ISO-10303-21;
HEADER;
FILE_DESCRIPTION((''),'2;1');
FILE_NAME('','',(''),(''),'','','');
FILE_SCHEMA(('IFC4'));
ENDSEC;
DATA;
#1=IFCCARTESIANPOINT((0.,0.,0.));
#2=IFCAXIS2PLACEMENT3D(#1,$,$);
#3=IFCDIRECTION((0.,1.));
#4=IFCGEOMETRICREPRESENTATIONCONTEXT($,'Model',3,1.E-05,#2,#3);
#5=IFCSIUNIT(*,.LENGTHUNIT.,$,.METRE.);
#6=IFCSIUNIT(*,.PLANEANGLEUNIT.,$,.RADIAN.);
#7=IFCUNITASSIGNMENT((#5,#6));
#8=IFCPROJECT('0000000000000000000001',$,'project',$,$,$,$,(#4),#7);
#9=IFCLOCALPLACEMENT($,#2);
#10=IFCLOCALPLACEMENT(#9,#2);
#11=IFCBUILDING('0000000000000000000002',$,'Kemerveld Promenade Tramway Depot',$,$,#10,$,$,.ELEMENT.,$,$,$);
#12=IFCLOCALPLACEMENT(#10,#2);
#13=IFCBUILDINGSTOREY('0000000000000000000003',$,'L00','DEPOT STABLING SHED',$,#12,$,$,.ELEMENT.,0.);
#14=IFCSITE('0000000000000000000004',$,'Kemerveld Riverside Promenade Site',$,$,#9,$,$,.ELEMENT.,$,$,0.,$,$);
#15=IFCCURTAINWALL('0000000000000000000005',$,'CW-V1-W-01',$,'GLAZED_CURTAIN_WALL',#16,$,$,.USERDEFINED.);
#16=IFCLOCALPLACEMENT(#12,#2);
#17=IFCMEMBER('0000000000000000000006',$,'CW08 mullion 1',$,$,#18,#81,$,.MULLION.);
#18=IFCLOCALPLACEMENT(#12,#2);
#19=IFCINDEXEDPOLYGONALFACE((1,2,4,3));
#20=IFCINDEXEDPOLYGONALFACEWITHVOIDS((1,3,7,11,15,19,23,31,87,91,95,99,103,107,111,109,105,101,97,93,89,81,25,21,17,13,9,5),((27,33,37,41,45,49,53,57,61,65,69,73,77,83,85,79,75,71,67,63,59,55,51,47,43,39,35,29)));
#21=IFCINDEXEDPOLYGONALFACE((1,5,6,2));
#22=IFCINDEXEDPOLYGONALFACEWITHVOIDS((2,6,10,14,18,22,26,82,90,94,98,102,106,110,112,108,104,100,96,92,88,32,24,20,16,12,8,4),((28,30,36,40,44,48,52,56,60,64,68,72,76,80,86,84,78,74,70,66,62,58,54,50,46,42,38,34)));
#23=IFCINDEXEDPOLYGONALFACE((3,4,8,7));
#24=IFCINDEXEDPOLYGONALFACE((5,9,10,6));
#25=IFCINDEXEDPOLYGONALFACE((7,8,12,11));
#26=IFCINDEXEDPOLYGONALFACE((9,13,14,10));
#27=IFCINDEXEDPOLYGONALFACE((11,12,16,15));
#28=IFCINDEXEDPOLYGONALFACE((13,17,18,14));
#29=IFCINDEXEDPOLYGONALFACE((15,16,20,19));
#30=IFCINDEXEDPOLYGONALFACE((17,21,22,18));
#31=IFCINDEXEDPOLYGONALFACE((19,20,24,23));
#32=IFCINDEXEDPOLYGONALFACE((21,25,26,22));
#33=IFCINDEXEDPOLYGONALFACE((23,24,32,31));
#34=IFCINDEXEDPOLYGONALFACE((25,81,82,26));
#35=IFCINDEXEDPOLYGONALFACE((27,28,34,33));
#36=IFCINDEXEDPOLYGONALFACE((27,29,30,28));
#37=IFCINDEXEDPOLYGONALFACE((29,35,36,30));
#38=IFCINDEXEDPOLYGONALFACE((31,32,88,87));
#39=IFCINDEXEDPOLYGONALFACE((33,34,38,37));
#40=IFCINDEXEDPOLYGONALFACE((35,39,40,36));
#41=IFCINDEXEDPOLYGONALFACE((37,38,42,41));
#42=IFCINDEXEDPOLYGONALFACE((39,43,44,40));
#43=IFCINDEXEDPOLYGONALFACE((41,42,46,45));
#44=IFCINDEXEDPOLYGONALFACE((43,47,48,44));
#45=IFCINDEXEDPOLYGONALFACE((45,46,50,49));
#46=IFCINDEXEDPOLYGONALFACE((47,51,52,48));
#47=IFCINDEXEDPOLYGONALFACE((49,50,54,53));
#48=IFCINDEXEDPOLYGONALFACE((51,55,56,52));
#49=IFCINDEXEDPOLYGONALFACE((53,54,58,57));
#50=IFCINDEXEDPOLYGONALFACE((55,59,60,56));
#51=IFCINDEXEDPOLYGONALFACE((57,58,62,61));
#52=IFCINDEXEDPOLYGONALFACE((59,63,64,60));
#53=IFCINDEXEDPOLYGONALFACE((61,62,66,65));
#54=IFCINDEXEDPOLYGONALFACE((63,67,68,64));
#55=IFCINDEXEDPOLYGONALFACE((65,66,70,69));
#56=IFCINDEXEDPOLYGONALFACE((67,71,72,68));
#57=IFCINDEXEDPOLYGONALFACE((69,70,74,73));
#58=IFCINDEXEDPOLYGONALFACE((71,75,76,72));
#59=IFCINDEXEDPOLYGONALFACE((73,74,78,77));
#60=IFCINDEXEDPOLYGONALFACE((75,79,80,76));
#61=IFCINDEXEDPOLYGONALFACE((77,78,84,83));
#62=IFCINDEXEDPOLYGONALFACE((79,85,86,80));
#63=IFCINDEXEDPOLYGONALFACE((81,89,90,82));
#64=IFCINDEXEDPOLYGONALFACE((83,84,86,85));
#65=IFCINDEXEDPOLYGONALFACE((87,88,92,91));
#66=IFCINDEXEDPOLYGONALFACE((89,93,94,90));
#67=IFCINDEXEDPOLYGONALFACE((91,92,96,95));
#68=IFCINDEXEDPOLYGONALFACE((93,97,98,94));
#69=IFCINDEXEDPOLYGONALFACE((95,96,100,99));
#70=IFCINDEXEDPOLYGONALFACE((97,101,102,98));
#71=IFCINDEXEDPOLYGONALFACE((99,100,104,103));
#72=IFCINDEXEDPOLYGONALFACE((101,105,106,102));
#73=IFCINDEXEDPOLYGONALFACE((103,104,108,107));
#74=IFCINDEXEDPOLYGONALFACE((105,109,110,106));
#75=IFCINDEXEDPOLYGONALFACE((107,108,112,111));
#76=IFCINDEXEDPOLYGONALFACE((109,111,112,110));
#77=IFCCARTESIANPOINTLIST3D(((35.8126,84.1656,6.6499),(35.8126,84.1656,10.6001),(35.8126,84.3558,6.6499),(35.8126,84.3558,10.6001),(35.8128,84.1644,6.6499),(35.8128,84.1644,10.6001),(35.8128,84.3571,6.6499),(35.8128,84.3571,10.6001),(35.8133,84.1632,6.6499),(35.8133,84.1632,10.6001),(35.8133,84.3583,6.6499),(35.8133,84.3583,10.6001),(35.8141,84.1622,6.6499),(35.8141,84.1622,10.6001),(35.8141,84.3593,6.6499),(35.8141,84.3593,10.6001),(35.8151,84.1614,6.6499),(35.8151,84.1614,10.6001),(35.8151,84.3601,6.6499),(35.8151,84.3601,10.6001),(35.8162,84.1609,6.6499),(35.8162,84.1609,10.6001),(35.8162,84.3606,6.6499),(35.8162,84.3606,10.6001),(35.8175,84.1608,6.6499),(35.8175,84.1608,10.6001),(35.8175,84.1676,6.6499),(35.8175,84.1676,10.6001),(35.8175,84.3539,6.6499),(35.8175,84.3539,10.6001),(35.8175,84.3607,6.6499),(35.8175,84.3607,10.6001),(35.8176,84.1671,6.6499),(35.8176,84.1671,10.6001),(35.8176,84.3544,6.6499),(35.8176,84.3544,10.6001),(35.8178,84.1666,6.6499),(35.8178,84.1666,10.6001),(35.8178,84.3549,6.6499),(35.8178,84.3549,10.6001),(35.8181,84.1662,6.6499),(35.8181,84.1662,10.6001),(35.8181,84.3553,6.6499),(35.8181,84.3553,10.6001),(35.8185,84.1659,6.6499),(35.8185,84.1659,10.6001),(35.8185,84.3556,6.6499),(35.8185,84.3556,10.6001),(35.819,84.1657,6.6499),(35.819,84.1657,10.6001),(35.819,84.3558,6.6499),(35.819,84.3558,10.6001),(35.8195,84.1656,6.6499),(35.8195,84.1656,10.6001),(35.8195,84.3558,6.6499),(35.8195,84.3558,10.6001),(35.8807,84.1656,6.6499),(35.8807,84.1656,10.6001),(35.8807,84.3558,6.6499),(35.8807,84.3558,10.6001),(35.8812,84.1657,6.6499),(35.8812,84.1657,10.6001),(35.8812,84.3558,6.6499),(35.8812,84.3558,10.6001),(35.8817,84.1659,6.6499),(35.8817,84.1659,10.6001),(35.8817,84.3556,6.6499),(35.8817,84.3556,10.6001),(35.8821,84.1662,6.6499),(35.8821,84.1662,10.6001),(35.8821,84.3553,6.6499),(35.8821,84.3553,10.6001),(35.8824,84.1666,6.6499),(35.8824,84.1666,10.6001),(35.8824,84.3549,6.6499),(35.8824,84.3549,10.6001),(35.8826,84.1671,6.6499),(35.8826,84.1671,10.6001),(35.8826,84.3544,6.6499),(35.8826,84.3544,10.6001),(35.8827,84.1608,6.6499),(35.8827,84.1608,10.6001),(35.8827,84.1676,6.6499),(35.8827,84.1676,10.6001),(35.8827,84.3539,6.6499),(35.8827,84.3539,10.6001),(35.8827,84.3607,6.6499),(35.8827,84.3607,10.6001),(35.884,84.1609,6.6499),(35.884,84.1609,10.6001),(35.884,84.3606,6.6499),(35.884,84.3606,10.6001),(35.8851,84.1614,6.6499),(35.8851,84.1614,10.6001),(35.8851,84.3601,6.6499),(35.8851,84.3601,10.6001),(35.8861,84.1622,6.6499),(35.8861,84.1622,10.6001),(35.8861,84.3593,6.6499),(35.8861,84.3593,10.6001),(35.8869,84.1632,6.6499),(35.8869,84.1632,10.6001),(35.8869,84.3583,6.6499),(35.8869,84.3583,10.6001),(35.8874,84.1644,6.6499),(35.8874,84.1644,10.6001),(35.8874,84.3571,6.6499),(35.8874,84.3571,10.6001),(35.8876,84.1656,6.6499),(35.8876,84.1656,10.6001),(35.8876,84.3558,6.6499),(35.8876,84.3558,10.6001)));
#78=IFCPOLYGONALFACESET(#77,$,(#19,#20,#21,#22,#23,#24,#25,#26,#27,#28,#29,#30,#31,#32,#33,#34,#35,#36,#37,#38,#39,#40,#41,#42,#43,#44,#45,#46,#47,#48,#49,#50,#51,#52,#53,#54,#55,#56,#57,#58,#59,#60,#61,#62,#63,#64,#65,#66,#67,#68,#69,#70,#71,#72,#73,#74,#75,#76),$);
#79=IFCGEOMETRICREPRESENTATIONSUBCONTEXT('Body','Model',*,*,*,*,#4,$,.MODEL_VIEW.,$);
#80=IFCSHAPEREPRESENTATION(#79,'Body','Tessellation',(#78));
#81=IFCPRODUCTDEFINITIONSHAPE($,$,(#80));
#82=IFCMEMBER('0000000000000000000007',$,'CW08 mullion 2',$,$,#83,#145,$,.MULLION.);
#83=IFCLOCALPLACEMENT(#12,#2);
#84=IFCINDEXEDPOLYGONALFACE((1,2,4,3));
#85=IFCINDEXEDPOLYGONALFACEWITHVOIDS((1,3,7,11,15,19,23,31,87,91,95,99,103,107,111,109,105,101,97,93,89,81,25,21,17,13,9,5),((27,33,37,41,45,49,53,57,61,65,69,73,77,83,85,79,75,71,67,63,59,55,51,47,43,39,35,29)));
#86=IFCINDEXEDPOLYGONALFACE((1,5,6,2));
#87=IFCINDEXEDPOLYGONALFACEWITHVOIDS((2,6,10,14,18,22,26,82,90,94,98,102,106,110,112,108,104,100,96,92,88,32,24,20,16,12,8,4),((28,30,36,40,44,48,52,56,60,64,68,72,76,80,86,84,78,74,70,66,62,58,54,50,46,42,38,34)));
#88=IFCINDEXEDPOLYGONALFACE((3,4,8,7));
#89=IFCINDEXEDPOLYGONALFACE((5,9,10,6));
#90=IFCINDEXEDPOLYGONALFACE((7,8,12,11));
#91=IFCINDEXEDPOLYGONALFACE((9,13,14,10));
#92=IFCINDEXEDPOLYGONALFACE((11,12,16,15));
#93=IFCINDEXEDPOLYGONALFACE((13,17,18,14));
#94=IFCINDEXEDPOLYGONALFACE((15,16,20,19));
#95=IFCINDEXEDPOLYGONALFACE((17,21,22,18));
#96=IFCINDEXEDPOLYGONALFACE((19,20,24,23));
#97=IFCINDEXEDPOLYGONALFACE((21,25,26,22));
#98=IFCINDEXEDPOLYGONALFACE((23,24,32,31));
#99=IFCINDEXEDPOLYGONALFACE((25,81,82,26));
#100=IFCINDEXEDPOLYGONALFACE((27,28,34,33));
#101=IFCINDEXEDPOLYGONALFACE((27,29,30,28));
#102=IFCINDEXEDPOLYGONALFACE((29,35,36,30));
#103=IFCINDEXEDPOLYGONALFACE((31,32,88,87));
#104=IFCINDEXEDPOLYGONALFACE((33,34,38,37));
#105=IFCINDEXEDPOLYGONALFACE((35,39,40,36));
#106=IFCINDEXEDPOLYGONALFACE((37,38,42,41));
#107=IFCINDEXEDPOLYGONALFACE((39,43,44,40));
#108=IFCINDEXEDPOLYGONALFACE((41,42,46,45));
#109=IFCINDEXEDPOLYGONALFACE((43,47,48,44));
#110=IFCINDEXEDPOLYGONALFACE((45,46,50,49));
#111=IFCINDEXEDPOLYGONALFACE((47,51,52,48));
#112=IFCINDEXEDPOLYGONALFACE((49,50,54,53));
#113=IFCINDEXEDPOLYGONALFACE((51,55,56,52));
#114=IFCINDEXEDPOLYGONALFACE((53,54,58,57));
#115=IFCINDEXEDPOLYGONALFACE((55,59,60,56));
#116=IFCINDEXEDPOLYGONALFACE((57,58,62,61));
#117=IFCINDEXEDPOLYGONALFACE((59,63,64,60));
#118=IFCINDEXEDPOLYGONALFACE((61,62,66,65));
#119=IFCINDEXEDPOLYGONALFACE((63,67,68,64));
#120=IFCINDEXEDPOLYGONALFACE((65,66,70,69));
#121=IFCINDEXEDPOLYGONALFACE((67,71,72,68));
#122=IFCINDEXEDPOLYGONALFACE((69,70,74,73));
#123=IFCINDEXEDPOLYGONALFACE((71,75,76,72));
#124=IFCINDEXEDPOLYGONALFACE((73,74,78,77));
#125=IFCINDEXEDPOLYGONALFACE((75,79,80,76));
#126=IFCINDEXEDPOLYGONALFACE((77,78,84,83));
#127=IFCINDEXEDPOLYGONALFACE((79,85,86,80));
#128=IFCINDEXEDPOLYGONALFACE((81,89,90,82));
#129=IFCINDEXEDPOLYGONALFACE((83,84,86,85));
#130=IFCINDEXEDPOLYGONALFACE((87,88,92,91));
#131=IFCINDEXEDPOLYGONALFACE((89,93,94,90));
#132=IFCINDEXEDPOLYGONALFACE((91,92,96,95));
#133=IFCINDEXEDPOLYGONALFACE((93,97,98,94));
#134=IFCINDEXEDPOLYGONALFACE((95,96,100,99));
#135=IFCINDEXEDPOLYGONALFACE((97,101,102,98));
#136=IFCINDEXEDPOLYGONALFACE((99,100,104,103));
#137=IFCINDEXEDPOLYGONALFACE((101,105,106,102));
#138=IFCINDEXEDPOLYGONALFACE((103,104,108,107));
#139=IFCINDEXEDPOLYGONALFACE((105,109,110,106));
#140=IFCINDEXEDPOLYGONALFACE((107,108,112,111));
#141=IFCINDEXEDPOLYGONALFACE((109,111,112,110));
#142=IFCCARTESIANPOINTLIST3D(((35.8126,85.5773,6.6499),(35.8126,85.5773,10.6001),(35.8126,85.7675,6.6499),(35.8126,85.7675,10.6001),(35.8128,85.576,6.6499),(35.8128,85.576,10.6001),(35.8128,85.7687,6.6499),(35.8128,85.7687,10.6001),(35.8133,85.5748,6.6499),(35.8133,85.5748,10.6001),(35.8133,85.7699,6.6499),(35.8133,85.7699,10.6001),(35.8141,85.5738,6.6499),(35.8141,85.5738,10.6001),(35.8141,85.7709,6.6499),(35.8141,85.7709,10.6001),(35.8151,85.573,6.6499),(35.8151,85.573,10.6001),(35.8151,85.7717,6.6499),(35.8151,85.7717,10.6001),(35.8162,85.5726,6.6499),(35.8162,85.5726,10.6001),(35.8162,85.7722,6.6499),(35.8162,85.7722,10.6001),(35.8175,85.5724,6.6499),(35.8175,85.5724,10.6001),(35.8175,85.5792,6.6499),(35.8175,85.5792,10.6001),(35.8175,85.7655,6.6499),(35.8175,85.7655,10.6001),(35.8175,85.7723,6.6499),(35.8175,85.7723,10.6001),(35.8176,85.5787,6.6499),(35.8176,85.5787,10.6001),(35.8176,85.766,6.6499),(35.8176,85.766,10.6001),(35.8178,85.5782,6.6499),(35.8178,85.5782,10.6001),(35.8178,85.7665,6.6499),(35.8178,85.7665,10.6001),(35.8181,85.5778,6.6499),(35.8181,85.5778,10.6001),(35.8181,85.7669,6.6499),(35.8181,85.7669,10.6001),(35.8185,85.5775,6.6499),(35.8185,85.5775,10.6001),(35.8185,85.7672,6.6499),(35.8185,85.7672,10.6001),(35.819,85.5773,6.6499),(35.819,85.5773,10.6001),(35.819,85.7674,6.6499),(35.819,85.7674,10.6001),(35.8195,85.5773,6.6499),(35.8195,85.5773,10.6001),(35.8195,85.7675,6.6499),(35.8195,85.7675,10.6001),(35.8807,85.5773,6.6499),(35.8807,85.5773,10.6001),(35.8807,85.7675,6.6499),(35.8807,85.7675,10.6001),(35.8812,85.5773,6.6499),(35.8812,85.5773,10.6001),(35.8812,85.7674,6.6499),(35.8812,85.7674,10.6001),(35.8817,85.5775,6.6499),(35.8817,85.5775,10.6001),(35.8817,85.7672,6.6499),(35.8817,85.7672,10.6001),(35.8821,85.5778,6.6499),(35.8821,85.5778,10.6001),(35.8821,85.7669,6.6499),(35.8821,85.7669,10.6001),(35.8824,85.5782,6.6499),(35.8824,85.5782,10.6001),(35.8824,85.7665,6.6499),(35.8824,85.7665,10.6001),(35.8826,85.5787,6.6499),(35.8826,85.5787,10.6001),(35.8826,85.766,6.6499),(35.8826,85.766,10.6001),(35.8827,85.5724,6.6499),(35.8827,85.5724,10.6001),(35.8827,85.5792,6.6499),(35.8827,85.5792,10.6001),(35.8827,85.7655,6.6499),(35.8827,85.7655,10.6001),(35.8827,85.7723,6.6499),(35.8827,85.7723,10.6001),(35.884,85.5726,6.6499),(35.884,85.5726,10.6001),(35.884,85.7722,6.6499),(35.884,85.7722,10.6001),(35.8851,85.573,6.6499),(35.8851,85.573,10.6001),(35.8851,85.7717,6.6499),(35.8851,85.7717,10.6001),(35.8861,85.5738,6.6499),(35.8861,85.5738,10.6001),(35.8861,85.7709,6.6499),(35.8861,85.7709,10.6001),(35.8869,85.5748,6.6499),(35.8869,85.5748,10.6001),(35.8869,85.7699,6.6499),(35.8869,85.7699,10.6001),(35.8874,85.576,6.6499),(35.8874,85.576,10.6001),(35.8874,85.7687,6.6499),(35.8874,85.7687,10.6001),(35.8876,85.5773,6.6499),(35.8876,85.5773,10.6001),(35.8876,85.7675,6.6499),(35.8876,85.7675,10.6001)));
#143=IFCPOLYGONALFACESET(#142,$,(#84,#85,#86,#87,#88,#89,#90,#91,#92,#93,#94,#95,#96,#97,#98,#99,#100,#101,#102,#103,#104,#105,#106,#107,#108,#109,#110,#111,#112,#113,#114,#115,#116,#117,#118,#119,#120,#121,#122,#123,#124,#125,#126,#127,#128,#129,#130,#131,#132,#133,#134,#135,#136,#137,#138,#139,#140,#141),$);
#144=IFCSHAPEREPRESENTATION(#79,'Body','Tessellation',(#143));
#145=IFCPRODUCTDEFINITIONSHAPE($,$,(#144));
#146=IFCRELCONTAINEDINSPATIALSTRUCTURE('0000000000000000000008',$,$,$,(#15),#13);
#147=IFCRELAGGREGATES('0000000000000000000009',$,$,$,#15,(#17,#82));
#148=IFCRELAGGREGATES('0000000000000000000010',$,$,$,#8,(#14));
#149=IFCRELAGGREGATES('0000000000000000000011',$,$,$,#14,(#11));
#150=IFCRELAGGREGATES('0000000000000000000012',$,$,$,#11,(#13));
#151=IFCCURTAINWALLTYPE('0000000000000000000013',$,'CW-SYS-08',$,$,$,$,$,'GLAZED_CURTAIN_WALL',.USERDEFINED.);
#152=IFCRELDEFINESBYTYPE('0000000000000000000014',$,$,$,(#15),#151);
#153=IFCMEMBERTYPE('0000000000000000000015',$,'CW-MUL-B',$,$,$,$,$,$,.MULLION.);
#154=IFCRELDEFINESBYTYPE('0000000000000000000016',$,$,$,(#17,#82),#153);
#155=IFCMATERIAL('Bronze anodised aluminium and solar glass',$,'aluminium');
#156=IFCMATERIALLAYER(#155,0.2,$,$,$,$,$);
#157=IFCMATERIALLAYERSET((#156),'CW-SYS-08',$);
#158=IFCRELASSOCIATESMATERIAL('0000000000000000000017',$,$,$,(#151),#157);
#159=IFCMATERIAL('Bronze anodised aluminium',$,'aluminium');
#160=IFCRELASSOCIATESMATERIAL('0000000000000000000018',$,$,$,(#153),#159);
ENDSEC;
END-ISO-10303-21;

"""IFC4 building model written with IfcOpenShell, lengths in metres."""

from ifc_helpers import new_model, si_unit, direction, frame, origin, origin_2d, place, context, subcontext, project, spatial, hollow_rectangle, extrude, material, layer, layer_set, material_profile, profile_set, type_object, element, aggregate, save


model = new_model("IFC4")

# Units and contexts
model_context = context("Model", 3, precision=1e-05, world=origin(), true_north=direction((0.0, 1.0)))
body_context = subcontext(model_context, "Body", "Model", "MODEL_VIEW")
ifc_project = project(units=[si_unit("LENGTHUNIT", "METRE"), si_unit("PLANEANGLEUNIT", "RADIAN")], contexts=[model_context])

# Site, building, storey
site_placement = place(None, origin())
site = spatial("IfcSite", under=ifc_project, at=site_placement, Name="Kemerveld Riverside Promenade Site", CompositionType="ELEMENT", RefElevation=0.0)
building_placement = place(site_placement, origin())
building = spatial("IfcBuilding", under=site, at=building_placement, Name="Kemerveld Promenade Tramway Depot", CompositionType="ELEMENT")
storey_placement = place(building_placement, origin())
storey = spatial("IfcBuildingStorey", under=building, at=storey_placement, Name="L00", Description="DEPOT STABLING SHED", CompositionType="ELEMENT", Elevation=0.0)

# Curtain wall, members
ifc_material_1 = material(Name="Bronze anodised aluminium and solar glass", Category="aluminium")
ifc_material_2 = material(Name="Bronze anodised aluminium", Category="aluminium")
ifc_layer_1 = layer(ifc_material_1, 0.2)
ifc_layer_set_1 = layer_set([ifc_layer_1], Name="CW-SYS-08")
curtain_wall_type_1 = type_object("IfcCurtainWallType", Name="CW-SYS-08", ElementType="GLAZED_CURTAIN_WALL", PredefinedType="USERDEFINED", material=ifc_layer_set_1)
curtain_wall_1_placement = place(storey_placement, origin())
curtain_wall_1 = element("IfcCurtainWall", 1, at=curtain_wall_1_placement, inside=storey, type_object=curtain_wall_type_1, Name="CW-V1-W-01", ObjectType="GLAZED_CURTAIN_WALL", PredefinedType="USERDEFINED")
ifc_material_profile_1 = material_profile(ifc_material_2, hollow_rectangle(XDim=0.075, YDim=0.2, WallThickness=0.0049, InnerFilletRadius=0.002, OuterFilletRadius=0.0049, at=origin_2d()), Name="CW-MUL-200x75")
ifc_profile_set_1 = profile_set([ifc_material_profile_1], Name="Bronze anodised aluminium")
member_type_1 = type_object("IfcMemberType", Name="CW-MUL-B", PredefinedType="MULLION", material=ifc_profile_set_1)
member_1_placement = place(storey_placement, frame((35.8501, 84.2607, 6.6499), z_axis=(0.0, 0.0, 1.0), x_axis=(-1.0, 0.0, 0.0)))
member_1 = element("IfcMember", 2, at=member_1_placement, type_object=member_type_1, Name="CW08 mullion 1", PredefinedType="MULLION", context=body_context, shape_type="SweptSolid", body=[
    extrude(hollow_rectangle(XDim=0.075, YDim=0.2, WallThickness=0.0049, InnerFilletRadius=0.002, OuterFilletRadius=0.0049, at=origin_2d()), origin(), (0.0, 0.0, 1.0), 3.9502),
])
member_2_placement = place(storey_placement, frame((35.8501, 85.6724, 6.6499), z_axis=(0.0, 0.0, 1.0), x_axis=(-1.0, 0.0, 0.0)))
member_2 = element("IfcMember", 3, at=member_2_placement, type_object=member_type_1, Name="CW08 mullion 2", PredefinedType="MULLION", context=body_context, shape_type="SweptSolid", body=[
    extrude(hollow_rectangle(XDim=0.075, YDim=0.2, WallThickness=0.0049, InnerFilletRadius=0.002, OuterFilletRadius=0.0049, at=origin_2d()), origin(), (0.0, 0.0, 1.0), 3.9502),
])

aggregate(curtain_wall_1, [member_1, member_2])

save(model, "model.ifc")
